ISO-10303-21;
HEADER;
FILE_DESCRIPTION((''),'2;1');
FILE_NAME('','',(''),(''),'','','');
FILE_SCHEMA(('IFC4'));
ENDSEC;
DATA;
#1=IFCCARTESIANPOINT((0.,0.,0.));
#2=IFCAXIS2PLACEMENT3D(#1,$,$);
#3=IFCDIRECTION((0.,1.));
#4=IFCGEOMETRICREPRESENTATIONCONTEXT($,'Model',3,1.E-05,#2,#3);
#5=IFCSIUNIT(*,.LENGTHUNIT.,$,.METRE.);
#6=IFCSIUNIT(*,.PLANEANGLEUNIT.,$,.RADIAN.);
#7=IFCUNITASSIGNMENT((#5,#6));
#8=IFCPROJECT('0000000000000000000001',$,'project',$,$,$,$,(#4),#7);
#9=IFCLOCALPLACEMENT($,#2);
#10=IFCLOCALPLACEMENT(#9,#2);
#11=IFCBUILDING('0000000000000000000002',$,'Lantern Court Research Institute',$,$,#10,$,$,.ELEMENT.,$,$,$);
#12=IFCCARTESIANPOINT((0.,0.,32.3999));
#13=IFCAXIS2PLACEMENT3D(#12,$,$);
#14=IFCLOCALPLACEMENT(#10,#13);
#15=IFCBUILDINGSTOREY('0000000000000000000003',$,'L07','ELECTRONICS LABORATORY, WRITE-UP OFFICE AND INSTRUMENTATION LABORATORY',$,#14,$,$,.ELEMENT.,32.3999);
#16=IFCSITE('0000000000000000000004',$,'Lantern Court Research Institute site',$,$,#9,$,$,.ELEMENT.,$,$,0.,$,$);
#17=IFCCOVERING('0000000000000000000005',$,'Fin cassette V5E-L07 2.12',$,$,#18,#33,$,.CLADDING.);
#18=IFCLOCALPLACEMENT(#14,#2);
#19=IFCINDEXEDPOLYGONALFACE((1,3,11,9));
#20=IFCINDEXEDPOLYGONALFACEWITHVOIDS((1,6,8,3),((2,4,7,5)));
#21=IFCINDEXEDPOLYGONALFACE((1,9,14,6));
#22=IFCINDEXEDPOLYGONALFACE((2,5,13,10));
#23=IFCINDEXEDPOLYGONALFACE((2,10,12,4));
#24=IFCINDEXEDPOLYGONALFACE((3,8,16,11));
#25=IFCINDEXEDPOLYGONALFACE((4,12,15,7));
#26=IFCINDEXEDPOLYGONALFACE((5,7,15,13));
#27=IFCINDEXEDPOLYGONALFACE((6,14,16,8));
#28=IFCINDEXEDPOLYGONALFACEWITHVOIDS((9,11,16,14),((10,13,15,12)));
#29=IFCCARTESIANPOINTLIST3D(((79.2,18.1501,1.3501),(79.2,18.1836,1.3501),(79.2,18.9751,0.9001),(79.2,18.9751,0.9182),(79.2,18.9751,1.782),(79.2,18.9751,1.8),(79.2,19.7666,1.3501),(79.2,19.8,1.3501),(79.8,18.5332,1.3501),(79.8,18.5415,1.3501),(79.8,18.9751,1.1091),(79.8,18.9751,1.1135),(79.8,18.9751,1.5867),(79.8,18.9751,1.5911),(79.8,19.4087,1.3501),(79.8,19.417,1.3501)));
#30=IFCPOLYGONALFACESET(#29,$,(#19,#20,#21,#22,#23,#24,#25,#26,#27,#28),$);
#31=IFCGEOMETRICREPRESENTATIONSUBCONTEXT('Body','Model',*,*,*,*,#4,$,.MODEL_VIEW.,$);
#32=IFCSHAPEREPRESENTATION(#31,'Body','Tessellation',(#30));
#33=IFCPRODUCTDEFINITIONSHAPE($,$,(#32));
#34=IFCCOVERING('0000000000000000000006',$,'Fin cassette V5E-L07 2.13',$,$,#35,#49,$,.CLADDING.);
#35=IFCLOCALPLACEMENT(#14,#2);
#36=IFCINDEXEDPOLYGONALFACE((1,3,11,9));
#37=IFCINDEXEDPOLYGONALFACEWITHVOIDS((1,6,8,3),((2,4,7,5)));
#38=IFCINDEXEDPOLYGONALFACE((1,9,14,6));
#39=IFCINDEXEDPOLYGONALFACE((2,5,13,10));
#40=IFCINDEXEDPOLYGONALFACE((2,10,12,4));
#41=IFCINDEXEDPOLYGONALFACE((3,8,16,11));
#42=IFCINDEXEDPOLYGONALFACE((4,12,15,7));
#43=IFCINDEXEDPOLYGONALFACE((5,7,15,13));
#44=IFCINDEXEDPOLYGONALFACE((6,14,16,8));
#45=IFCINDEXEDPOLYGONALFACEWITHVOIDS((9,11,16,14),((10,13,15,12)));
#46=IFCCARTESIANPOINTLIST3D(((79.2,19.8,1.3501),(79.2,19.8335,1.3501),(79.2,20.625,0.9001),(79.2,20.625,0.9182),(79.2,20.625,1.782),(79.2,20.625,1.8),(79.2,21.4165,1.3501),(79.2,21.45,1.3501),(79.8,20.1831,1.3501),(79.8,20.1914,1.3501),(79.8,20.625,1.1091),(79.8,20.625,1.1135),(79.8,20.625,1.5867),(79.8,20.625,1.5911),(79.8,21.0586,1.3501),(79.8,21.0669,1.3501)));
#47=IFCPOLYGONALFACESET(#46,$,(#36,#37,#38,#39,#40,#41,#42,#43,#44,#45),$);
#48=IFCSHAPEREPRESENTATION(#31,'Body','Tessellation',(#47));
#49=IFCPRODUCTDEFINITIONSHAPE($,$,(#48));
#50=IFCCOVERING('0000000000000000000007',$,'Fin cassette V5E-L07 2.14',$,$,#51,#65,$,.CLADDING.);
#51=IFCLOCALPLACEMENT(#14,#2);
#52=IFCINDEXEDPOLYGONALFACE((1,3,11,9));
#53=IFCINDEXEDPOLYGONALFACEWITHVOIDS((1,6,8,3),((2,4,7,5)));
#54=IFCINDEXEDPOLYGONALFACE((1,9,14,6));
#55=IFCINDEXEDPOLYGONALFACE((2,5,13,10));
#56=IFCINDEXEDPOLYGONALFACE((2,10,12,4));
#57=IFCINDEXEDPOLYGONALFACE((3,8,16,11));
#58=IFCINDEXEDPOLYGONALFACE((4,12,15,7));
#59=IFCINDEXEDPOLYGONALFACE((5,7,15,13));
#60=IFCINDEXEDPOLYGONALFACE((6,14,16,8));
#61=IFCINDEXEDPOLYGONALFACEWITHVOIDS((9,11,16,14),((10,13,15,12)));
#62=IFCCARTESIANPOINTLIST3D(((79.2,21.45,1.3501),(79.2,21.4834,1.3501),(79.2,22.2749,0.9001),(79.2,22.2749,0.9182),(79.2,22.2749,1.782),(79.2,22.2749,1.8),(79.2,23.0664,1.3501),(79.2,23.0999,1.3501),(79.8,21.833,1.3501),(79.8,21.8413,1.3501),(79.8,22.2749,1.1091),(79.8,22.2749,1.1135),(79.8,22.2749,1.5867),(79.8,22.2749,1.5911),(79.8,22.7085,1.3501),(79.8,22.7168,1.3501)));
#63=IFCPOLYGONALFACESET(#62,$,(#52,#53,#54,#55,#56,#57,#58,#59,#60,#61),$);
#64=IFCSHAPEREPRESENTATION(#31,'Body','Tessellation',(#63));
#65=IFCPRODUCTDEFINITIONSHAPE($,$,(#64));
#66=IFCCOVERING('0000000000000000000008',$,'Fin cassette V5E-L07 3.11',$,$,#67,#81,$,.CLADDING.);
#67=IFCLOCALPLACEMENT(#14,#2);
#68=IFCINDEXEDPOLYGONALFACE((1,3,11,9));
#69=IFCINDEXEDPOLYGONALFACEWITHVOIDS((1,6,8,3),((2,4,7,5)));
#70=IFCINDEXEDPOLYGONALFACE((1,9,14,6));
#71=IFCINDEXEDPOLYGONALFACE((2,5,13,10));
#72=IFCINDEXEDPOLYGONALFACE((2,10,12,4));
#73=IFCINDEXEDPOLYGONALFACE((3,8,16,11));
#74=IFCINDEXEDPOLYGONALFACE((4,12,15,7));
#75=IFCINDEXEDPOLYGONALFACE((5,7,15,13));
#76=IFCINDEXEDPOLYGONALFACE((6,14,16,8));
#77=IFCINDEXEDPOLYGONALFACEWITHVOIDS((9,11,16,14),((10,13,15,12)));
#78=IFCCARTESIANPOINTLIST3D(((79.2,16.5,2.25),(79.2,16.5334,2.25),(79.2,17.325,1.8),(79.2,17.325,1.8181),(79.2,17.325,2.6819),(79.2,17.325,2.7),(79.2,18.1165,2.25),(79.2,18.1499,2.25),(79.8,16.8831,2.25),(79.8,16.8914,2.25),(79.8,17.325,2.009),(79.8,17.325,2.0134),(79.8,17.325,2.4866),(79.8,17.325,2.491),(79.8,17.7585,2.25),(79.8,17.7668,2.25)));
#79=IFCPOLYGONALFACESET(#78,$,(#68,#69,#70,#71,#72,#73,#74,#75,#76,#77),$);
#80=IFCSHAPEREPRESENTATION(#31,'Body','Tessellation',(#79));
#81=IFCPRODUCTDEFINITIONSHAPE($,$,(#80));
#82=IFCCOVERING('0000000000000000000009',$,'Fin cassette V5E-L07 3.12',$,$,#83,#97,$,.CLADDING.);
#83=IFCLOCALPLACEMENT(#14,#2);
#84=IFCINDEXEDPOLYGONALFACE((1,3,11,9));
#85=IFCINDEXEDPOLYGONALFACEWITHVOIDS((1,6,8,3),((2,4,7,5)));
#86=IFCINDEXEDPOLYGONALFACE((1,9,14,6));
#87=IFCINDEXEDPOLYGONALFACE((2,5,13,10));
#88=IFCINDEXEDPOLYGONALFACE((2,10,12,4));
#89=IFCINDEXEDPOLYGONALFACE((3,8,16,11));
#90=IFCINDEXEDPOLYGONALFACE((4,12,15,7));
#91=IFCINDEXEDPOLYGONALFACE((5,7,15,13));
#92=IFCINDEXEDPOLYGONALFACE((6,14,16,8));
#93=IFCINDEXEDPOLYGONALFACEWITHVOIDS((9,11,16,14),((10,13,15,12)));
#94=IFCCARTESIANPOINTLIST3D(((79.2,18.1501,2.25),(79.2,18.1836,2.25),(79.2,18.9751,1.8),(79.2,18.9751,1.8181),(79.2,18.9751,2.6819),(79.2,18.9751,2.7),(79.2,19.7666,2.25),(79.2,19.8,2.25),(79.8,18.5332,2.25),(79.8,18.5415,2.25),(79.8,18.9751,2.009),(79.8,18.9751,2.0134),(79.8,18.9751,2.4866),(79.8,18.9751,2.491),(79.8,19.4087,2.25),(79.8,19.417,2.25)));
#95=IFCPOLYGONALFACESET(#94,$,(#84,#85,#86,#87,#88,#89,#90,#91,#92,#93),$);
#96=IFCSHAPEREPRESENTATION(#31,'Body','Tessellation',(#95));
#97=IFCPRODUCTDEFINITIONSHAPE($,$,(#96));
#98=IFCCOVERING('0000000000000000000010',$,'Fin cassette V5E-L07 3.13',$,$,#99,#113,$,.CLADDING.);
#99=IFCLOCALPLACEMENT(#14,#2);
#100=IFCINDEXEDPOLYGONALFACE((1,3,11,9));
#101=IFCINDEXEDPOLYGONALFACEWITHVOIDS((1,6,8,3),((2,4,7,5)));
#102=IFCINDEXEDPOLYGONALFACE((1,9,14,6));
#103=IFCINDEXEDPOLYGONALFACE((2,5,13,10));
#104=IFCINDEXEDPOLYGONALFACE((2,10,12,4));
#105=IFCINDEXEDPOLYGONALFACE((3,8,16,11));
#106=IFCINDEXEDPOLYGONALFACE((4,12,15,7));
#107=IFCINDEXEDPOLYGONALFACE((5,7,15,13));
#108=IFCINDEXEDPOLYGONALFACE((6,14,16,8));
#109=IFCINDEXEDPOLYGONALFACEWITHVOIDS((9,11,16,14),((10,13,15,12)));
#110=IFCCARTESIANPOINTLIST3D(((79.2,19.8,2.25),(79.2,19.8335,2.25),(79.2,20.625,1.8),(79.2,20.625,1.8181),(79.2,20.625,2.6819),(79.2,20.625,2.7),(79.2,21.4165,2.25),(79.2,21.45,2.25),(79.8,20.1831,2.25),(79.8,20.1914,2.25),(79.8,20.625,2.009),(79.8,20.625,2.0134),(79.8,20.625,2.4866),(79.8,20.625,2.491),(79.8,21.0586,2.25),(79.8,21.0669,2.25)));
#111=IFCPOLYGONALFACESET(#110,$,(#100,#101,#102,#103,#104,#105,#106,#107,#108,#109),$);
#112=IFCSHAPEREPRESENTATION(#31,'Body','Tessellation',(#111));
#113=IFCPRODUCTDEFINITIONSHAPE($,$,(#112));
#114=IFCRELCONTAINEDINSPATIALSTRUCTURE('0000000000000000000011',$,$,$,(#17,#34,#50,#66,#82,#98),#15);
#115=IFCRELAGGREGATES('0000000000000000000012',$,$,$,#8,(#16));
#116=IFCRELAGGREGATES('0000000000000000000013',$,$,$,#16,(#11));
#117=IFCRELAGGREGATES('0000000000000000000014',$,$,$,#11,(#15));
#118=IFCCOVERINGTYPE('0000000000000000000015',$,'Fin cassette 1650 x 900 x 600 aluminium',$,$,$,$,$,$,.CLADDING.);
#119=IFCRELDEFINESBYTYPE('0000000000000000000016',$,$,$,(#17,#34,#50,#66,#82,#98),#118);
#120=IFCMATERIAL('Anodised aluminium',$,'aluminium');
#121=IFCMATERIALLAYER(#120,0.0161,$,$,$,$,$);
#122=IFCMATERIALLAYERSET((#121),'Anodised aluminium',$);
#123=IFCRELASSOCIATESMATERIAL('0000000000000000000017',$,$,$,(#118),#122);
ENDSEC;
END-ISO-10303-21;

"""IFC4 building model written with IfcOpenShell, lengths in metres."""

from ifc_helpers import new_model, entity, si_unit, direction, frame, origin, place, context, subcontext, project, spatial, material, layer, layer_set, type_object, element, save


model = new_model("IFC4")

# Units and contexts
model_context = context("Model", 3, precision=1e-05, world=origin(), true_north=direction((0.0, 1.0)))
body_context = subcontext(model_context, "Body", "Model", "MODEL_VIEW")
ifc_project = project(units=[si_unit("LENGTHUNIT", "METRE"), si_unit("PLANEANGLEUNIT", "RADIAN")], contexts=[model_context])

# Site, building, storey
site_placement = place(None, origin())
site = spatial("IfcSite", under=ifc_project, at=site_placement, Name="Lantern Court Research Institute site", CompositionType="ELEMENT", RefElevation=0.0)
building_placement = place(site_placement, origin())
building = spatial("IfcBuilding", under=site, at=building_placement, Name="Lantern Court Research Institute", CompositionType="ELEMENT")
storey_placement = place(building_placement, frame((0.0, 0.0, 32.3999)))
storey = spatial("IfcBuildingStorey", under=building, at=storey_placement, Name="L07", Description="ELECTRONICS LABORATORY, WRITE-UP OFFICE AND INSTRUMENTATION LABORATORY", CompositionType="ELEMENT", Elevation=32.3999)

# Coverings
ifc_material_1 = material(Name="Anodised aluminium", Category="aluminium")
ifc_layer_1 = layer(ifc_material_1, 0.0161)
ifc_layer_set_1 = layer_set([ifc_layer_1], Name="Anodised aluminium")
covering_type = type_object("IfcCoveringType", Name="Fin cassette 1650 x 900 x 600 aluminium", PredefinedType="CLADDING", material=ifc_layer_set_1)
covering_1_placement = place(storey_placement, frame((79.2, 18.9751, 1.3501), z_axis=(1.0, 0.0, 0.0), x_axis=(0.0, 1.0, 0.0)))
cartesian_point_1 = entity("IfcCartesianPoint", [0.825, 0.0])
cartesian_point_2 = entity("IfcCartesianPoint", [0.7915, 0.0])
cartesian_point_3 = entity("IfcCartesianPoint", [0.4419, 0.0])
cartesian_point_4 = entity("IfcCartesianPoint", [0.4336, 0.0])
element("IfcCovering", 1, at=covering_1_placement, inside=storey, type_object=covering_type, Name="Fin cassette V5E-L07 2.12", PredefinedType="CLADDING", context=body_context, shape_type="SweptSolid", body=[
    entity("IfcExtrudedAreaSolidTapered", entity("IfcArbitraryProfileDefWithVoids", "AREA", None, entity("IfcPolyline", [cartesian_point_1, entity("IfcCartesianPoint", [0.0, 0.45]), entity("IfcCartesianPoint", [-0.825, 0.0]), entity("IfcCartesianPoint", [0.0, -0.45]), cartesian_point_1]), [entity("IfcPolyline", [cartesian_point_2, entity("IfcCartesianPoint", [0.0, 0.4319]), entity("IfcCartesianPoint", [-0.7915, 0.0]), entity("IfcCartesianPoint", [0.0, -0.4319]), cartesian_point_2])]), entity("IfcAxis2Placement3D", entity("IfcCartesianPoint", [0.0, 0.0, 0.0])), entity("IfcDirection", [0.0, 0.0, 1.0]), 0.6001, entity("IfcArbitraryProfileDefWithVoids", "AREA", None, entity("IfcPolyline", [cartesian_point_3, entity("IfcCartesianPoint", [0.0, 0.241]), entity("IfcCartesianPoint", [-0.4419, 0.0]), entity("IfcCartesianPoint", [0.0, -0.241]), cartesian_point_3]), [entity("IfcPolyline", [cartesian_point_4, entity("IfcCartesianPoint", [0.0, 0.2366]), entity("IfcCartesianPoint", [-0.4336, 0.0]), entity("IfcCartesianPoint", [0.0, -0.2366]), cartesian_point_4])])),
])
covering_2_placement = place(storey_placement, frame((79.2, 20.625, 1.3501), z_axis=(1.0, 0.0, 0.0), x_axis=(0.0, 1.0, 0.0)))
cartesian_point_5 = entity("IfcCartesianPoint", [0.825, 0.0])
cartesian_point_6 = entity("IfcCartesianPoint", [0.7915, 0.0])
cartesian_point_7 = entity("IfcCartesianPoint", [0.4419, 0.0])
cartesian_point_8 = entity("IfcCartesianPoint", [0.4336, 0.0])
element("IfcCovering", 2, at=covering_2_placement, inside=storey, type_object=covering_type, Name="Fin cassette V5E-L07 2.13", PredefinedType="CLADDING", context=body_context, shape_type="SweptSolid", body=[
    entity("IfcExtrudedAreaSolidTapered", entity("IfcArbitraryProfileDefWithVoids", "AREA", None, entity("IfcPolyline", [cartesian_point_5, entity("IfcCartesianPoint", [0.0, 0.45]), entity("IfcCartesianPoint", [-0.825, 0.0]), entity("IfcCartesianPoint", [0.0, -0.45]), cartesian_point_5]), [entity("IfcPolyline", [cartesian_point_6, entity("IfcCartesianPoint", [0.0, 0.4319]), entity("IfcCartesianPoint", [-0.7915, 0.0]), entity("IfcCartesianPoint", [0.0, -0.4319]), cartesian_point_6])]), entity("IfcAxis2Placement3D", entity("IfcCartesianPoint", [0.0, 0.0, 0.0])), entity("IfcDirection", [0.0, 0.0, 1.0]), 0.6001, entity("IfcArbitraryProfileDefWithVoids", "AREA", None, entity("IfcPolyline", [cartesian_point_7, entity("IfcCartesianPoint", [0.0, 0.241]), entity("IfcCartesianPoint", [-0.4419, 0.0]), entity("IfcCartesianPoint", [0.0, -0.241]), cartesian_point_7]), [entity("IfcPolyline", [cartesian_point_8, entity("IfcCartesianPoint", [0.0, 0.2366]), entity("IfcCartesianPoint", [-0.4336, 0.0]), entity("IfcCartesianPoint", [0.0, -0.2366]), cartesian_point_8])])),
])
covering_3_placement = place(storey_placement, frame((79.2, 22.2749, 1.3501), z_axis=(1.0, 0.0, 0.0), x_axis=(0.0, 1.0, 0.0)))
cartesian_point_9 = entity("IfcCartesianPoint", [0.825, 0.0])
cartesian_point_10 = entity("IfcCartesianPoint", [0.7915, 0.0])
cartesian_point_11 = entity("IfcCartesianPoint", [0.4419, 0.0])
cartesian_point_12 = entity("IfcCartesianPoint", [0.4336, 0.0])
element("IfcCovering", 3, at=covering_3_placement, inside=storey, type_object=covering_type, Name="Fin cassette V5E-L07 2.14", PredefinedType="CLADDING", context=body_context, shape_type="SweptSolid", body=[
    entity("IfcExtrudedAreaSolidTapered", entity("IfcArbitraryProfileDefWithVoids", "AREA", None, entity("IfcPolyline", [cartesian_point_9, entity("IfcCartesianPoint", [0.0, 0.45]), entity("IfcCartesianPoint", [-0.825, 0.0]), entity("IfcCartesianPoint", [0.0, -0.45]), cartesian_point_9]), [entity("IfcPolyline", [cartesian_point_10, entity("IfcCartesianPoint", [0.0, 0.4319]), entity("IfcCartesianPoint", [-0.7915, 0.0]), entity("IfcCartesianPoint", [0.0, -0.4319]), cartesian_point_10])]), entity("IfcAxis2Placement3D", entity("IfcCartesianPoint", [0.0, 0.0, 0.0])), entity("IfcDirection", [0.0, 0.0, 1.0]), 0.6001, entity("IfcArbitraryProfileDefWithVoids", "AREA", None, entity("IfcPolyline", [cartesian_point_11, entity("IfcCartesianPoint", [0.0, 0.241]), entity("IfcCartesianPoint", [-0.4419, 0.0]), entity("IfcCartesianPoint", [0.0, -0.241]), cartesian_point_11]), [entity("IfcPolyline", [cartesian_point_12, entity("IfcCartesianPoint", [0.0, 0.2366]), entity("IfcCartesianPoint", [-0.4336, 0.0]), entity("IfcCartesianPoint", [0.0, -0.2366]), cartesian_point_12])])),
])
covering_4_placement = place(storey_placement, frame((79.2, 17.325, 2.25), z_axis=(1.0, 0.0, 0.0), x_axis=(0.0, 1.0, 0.0)))
cartesian_point_13 = entity("IfcCartesianPoint", [0.825, 0.0])
cartesian_point_14 = entity("IfcCartesianPoint", [0.7915, 0.0])
cartesian_point_15 = entity("IfcCartesianPoint", [0.4419, 0.0])
cartesian_point_16 = entity("IfcCartesianPoint", [0.4336, 0.0])
element("IfcCovering", 4, at=covering_4_placement, inside=storey, type_object=covering_type, Name="Fin cassette V5E-L07 3.11", PredefinedType="CLADDING", context=body_context, shape_type="SweptSolid", body=[
    entity("IfcExtrudedAreaSolidTapered", entity("IfcArbitraryProfileDefWithVoids", "AREA", None, entity("IfcPolyline", [cartesian_point_13, entity("IfcCartesianPoint", [0.0, 0.45]), entity("IfcCartesianPoint", [-0.825, 0.0]), entity("IfcCartesianPoint", [0.0, -0.45]), cartesian_point_13]), [entity("IfcPolyline", [cartesian_point_14, entity("IfcCartesianPoint", [0.0, 0.4319]), entity("IfcCartesianPoint", [-0.7915, 0.0]), entity("IfcCartesianPoint", [0.0, -0.4319]), cartesian_point_14])]), entity("IfcAxis2Placement3D", entity("IfcCartesianPoint", [0.0, 0.0, 0.0])), entity("IfcDirection", [0.0, 0.0, 1.0]), 0.6001, entity("IfcArbitraryProfileDefWithVoids", "AREA", None, entity("IfcPolyline", [cartesian_point_15, entity("IfcCartesianPoint", [0.0, 0.241]), entity("IfcCartesianPoint", [-0.4419, 0.0]), entity("IfcCartesianPoint", [0.0, -0.241]), cartesian_point_15]), [entity("IfcPolyline", [cartesian_point_16, entity("IfcCartesianPoint", [0.0, 0.2366]), entity("IfcCartesianPoint", [-0.4336, 0.0]), entity("IfcCartesianPoint", [0.0, -0.2366]), cartesian_point_16])])),
])
covering_5_placement = place(storey_placement, frame((79.2, 18.9751, 2.25), z_axis=(1.0, 0.0, 0.0), x_axis=(0.0, 1.0, 0.0)))
cartesian_point_17 = entity("IfcCartesianPoint", [0.825, 0.0])
cartesian_point_18 = entity("IfcCartesianPoint", [0.7915, 0.0])
cartesian_point_19 = entity("IfcCartesianPoint", [0.4419, 0.0])
cartesian_point_20 = entity("IfcCartesianPoint", [0.4336, 0.0])
element("IfcCovering", 5, at=covering_5_placement, inside=storey, type_object=covering_type, Name="Fin cassette V5E-L07 3.12", PredefinedType="CLADDING", context=body_context, shape_type="SweptSolid", body=[
    entity("IfcExtrudedAreaSolidTapered", entity("IfcArbitraryProfileDefWithVoids", "AREA", None, entity("IfcPolyline", [cartesian_point_17, entity("IfcCartesianPoint", [0.0, 0.45]), entity("IfcCartesianPoint", [-0.825, 0.0]), entity("IfcCartesianPoint", [0.0, -0.45]), cartesian_point_17]), [entity("IfcPolyline", [cartesian_point_18, entity("IfcCartesianPoint", [0.0, 0.4319]), entity("IfcCartesianPoint", [-0.7915, 0.0]), entity("IfcCartesianPoint", [0.0, -0.4319]), cartesian_point_18])]), entity("IfcAxis2Placement3D", entity("IfcCartesianPoint", [0.0, 0.0, 0.0])), entity("IfcDirection", [0.0, 0.0, 1.0]), 0.6001, entity("IfcArbitraryProfileDefWithVoids", "AREA", None, entity("IfcPolyline", [cartesian_point_19, entity("IfcCartesianPoint", [0.0, 0.241]), entity("IfcCartesianPoint", [-0.4419, 0.0]), entity("IfcCartesianPoint", [0.0, -0.241]), cartesian_point_19]), [entity("IfcPolyline", [cartesian_point_20, entity("IfcCartesianPoint", [0.0, 0.2366]), entity("IfcCartesianPoint", [-0.4336, 0.0]), entity("IfcCartesianPoint", [0.0, -0.2366]), cartesian_point_20])])),
])
covering_6_placement = place(storey_placement, frame((79.2, 20.625, 2.25), z_axis=(1.0, 0.0, 0.0), x_axis=(0.0, 1.0, 0.0)))
cartesian_point_21 = entity("IfcCartesianPoint", [0.825, 0.0])
cartesian_point_22 = entity("IfcCartesianPoint", [0.7915, 0.0])
cartesian_point_23 = entity("IfcCartesianPoint", [0.4419, 0.0])
cartesian_point_24 = entity("IfcCartesianPoint", [0.4336, 0.0])
element("IfcCovering", 6, at=covering_6_placement, inside=storey, type_object=covering_type, Name="Fin cassette V5E-L07 3.13", PredefinedType="CLADDING", context=body_context, shape_type="SweptSolid", body=[
    entity("IfcExtrudedAreaSolidTapered", entity("IfcArbitraryProfileDefWithVoids", "AREA", None, entity("IfcPolyline", [cartesian_point_21, entity("IfcCartesianPoint", [0.0, 0.45]), entity("IfcCartesianPoint", [-0.825, 0.0]), entity("IfcCartesianPoint", [0.0, -0.45]), cartesian_point_21]), [entity("IfcPolyline", [cartesian_point_22, entity("IfcCartesianPoint", [0.0, 0.4319]), entity("IfcCartesianPoint", [-0.7915, 0.0]), entity("IfcCartesianPoint", [0.0, -0.4319]), cartesian_point_22])]), entity("IfcAxis2Placement3D", entity("IfcCartesianPoint", [0.0, 0.0, 0.0])), entity("IfcDirection", [0.0, 0.0, 1.0]), 0.6001, entity("IfcArbitraryProfileDefWithVoids", "AREA", None, entity("IfcPolyline", [cartesian_point_23, entity("IfcCartesianPoint", [0.0, 0.241]), entity("IfcCartesianPoint", [-0.4419, 0.0]), entity("IfcCartesianPoint", [0.0, -0.241]), cartesian_point_23]), [entity("IfcPolyline", [cartesian_point_24, entity("IfcCartesianPoint", [0.0, 0.2366]), entity("IfcCartesianPoint", [-0.4336, 0.0]), entity("IfcCartesianPoint", [0.0, -0.2366]), cartesian_point_24])])),
])

save(model, "model.ifc")
